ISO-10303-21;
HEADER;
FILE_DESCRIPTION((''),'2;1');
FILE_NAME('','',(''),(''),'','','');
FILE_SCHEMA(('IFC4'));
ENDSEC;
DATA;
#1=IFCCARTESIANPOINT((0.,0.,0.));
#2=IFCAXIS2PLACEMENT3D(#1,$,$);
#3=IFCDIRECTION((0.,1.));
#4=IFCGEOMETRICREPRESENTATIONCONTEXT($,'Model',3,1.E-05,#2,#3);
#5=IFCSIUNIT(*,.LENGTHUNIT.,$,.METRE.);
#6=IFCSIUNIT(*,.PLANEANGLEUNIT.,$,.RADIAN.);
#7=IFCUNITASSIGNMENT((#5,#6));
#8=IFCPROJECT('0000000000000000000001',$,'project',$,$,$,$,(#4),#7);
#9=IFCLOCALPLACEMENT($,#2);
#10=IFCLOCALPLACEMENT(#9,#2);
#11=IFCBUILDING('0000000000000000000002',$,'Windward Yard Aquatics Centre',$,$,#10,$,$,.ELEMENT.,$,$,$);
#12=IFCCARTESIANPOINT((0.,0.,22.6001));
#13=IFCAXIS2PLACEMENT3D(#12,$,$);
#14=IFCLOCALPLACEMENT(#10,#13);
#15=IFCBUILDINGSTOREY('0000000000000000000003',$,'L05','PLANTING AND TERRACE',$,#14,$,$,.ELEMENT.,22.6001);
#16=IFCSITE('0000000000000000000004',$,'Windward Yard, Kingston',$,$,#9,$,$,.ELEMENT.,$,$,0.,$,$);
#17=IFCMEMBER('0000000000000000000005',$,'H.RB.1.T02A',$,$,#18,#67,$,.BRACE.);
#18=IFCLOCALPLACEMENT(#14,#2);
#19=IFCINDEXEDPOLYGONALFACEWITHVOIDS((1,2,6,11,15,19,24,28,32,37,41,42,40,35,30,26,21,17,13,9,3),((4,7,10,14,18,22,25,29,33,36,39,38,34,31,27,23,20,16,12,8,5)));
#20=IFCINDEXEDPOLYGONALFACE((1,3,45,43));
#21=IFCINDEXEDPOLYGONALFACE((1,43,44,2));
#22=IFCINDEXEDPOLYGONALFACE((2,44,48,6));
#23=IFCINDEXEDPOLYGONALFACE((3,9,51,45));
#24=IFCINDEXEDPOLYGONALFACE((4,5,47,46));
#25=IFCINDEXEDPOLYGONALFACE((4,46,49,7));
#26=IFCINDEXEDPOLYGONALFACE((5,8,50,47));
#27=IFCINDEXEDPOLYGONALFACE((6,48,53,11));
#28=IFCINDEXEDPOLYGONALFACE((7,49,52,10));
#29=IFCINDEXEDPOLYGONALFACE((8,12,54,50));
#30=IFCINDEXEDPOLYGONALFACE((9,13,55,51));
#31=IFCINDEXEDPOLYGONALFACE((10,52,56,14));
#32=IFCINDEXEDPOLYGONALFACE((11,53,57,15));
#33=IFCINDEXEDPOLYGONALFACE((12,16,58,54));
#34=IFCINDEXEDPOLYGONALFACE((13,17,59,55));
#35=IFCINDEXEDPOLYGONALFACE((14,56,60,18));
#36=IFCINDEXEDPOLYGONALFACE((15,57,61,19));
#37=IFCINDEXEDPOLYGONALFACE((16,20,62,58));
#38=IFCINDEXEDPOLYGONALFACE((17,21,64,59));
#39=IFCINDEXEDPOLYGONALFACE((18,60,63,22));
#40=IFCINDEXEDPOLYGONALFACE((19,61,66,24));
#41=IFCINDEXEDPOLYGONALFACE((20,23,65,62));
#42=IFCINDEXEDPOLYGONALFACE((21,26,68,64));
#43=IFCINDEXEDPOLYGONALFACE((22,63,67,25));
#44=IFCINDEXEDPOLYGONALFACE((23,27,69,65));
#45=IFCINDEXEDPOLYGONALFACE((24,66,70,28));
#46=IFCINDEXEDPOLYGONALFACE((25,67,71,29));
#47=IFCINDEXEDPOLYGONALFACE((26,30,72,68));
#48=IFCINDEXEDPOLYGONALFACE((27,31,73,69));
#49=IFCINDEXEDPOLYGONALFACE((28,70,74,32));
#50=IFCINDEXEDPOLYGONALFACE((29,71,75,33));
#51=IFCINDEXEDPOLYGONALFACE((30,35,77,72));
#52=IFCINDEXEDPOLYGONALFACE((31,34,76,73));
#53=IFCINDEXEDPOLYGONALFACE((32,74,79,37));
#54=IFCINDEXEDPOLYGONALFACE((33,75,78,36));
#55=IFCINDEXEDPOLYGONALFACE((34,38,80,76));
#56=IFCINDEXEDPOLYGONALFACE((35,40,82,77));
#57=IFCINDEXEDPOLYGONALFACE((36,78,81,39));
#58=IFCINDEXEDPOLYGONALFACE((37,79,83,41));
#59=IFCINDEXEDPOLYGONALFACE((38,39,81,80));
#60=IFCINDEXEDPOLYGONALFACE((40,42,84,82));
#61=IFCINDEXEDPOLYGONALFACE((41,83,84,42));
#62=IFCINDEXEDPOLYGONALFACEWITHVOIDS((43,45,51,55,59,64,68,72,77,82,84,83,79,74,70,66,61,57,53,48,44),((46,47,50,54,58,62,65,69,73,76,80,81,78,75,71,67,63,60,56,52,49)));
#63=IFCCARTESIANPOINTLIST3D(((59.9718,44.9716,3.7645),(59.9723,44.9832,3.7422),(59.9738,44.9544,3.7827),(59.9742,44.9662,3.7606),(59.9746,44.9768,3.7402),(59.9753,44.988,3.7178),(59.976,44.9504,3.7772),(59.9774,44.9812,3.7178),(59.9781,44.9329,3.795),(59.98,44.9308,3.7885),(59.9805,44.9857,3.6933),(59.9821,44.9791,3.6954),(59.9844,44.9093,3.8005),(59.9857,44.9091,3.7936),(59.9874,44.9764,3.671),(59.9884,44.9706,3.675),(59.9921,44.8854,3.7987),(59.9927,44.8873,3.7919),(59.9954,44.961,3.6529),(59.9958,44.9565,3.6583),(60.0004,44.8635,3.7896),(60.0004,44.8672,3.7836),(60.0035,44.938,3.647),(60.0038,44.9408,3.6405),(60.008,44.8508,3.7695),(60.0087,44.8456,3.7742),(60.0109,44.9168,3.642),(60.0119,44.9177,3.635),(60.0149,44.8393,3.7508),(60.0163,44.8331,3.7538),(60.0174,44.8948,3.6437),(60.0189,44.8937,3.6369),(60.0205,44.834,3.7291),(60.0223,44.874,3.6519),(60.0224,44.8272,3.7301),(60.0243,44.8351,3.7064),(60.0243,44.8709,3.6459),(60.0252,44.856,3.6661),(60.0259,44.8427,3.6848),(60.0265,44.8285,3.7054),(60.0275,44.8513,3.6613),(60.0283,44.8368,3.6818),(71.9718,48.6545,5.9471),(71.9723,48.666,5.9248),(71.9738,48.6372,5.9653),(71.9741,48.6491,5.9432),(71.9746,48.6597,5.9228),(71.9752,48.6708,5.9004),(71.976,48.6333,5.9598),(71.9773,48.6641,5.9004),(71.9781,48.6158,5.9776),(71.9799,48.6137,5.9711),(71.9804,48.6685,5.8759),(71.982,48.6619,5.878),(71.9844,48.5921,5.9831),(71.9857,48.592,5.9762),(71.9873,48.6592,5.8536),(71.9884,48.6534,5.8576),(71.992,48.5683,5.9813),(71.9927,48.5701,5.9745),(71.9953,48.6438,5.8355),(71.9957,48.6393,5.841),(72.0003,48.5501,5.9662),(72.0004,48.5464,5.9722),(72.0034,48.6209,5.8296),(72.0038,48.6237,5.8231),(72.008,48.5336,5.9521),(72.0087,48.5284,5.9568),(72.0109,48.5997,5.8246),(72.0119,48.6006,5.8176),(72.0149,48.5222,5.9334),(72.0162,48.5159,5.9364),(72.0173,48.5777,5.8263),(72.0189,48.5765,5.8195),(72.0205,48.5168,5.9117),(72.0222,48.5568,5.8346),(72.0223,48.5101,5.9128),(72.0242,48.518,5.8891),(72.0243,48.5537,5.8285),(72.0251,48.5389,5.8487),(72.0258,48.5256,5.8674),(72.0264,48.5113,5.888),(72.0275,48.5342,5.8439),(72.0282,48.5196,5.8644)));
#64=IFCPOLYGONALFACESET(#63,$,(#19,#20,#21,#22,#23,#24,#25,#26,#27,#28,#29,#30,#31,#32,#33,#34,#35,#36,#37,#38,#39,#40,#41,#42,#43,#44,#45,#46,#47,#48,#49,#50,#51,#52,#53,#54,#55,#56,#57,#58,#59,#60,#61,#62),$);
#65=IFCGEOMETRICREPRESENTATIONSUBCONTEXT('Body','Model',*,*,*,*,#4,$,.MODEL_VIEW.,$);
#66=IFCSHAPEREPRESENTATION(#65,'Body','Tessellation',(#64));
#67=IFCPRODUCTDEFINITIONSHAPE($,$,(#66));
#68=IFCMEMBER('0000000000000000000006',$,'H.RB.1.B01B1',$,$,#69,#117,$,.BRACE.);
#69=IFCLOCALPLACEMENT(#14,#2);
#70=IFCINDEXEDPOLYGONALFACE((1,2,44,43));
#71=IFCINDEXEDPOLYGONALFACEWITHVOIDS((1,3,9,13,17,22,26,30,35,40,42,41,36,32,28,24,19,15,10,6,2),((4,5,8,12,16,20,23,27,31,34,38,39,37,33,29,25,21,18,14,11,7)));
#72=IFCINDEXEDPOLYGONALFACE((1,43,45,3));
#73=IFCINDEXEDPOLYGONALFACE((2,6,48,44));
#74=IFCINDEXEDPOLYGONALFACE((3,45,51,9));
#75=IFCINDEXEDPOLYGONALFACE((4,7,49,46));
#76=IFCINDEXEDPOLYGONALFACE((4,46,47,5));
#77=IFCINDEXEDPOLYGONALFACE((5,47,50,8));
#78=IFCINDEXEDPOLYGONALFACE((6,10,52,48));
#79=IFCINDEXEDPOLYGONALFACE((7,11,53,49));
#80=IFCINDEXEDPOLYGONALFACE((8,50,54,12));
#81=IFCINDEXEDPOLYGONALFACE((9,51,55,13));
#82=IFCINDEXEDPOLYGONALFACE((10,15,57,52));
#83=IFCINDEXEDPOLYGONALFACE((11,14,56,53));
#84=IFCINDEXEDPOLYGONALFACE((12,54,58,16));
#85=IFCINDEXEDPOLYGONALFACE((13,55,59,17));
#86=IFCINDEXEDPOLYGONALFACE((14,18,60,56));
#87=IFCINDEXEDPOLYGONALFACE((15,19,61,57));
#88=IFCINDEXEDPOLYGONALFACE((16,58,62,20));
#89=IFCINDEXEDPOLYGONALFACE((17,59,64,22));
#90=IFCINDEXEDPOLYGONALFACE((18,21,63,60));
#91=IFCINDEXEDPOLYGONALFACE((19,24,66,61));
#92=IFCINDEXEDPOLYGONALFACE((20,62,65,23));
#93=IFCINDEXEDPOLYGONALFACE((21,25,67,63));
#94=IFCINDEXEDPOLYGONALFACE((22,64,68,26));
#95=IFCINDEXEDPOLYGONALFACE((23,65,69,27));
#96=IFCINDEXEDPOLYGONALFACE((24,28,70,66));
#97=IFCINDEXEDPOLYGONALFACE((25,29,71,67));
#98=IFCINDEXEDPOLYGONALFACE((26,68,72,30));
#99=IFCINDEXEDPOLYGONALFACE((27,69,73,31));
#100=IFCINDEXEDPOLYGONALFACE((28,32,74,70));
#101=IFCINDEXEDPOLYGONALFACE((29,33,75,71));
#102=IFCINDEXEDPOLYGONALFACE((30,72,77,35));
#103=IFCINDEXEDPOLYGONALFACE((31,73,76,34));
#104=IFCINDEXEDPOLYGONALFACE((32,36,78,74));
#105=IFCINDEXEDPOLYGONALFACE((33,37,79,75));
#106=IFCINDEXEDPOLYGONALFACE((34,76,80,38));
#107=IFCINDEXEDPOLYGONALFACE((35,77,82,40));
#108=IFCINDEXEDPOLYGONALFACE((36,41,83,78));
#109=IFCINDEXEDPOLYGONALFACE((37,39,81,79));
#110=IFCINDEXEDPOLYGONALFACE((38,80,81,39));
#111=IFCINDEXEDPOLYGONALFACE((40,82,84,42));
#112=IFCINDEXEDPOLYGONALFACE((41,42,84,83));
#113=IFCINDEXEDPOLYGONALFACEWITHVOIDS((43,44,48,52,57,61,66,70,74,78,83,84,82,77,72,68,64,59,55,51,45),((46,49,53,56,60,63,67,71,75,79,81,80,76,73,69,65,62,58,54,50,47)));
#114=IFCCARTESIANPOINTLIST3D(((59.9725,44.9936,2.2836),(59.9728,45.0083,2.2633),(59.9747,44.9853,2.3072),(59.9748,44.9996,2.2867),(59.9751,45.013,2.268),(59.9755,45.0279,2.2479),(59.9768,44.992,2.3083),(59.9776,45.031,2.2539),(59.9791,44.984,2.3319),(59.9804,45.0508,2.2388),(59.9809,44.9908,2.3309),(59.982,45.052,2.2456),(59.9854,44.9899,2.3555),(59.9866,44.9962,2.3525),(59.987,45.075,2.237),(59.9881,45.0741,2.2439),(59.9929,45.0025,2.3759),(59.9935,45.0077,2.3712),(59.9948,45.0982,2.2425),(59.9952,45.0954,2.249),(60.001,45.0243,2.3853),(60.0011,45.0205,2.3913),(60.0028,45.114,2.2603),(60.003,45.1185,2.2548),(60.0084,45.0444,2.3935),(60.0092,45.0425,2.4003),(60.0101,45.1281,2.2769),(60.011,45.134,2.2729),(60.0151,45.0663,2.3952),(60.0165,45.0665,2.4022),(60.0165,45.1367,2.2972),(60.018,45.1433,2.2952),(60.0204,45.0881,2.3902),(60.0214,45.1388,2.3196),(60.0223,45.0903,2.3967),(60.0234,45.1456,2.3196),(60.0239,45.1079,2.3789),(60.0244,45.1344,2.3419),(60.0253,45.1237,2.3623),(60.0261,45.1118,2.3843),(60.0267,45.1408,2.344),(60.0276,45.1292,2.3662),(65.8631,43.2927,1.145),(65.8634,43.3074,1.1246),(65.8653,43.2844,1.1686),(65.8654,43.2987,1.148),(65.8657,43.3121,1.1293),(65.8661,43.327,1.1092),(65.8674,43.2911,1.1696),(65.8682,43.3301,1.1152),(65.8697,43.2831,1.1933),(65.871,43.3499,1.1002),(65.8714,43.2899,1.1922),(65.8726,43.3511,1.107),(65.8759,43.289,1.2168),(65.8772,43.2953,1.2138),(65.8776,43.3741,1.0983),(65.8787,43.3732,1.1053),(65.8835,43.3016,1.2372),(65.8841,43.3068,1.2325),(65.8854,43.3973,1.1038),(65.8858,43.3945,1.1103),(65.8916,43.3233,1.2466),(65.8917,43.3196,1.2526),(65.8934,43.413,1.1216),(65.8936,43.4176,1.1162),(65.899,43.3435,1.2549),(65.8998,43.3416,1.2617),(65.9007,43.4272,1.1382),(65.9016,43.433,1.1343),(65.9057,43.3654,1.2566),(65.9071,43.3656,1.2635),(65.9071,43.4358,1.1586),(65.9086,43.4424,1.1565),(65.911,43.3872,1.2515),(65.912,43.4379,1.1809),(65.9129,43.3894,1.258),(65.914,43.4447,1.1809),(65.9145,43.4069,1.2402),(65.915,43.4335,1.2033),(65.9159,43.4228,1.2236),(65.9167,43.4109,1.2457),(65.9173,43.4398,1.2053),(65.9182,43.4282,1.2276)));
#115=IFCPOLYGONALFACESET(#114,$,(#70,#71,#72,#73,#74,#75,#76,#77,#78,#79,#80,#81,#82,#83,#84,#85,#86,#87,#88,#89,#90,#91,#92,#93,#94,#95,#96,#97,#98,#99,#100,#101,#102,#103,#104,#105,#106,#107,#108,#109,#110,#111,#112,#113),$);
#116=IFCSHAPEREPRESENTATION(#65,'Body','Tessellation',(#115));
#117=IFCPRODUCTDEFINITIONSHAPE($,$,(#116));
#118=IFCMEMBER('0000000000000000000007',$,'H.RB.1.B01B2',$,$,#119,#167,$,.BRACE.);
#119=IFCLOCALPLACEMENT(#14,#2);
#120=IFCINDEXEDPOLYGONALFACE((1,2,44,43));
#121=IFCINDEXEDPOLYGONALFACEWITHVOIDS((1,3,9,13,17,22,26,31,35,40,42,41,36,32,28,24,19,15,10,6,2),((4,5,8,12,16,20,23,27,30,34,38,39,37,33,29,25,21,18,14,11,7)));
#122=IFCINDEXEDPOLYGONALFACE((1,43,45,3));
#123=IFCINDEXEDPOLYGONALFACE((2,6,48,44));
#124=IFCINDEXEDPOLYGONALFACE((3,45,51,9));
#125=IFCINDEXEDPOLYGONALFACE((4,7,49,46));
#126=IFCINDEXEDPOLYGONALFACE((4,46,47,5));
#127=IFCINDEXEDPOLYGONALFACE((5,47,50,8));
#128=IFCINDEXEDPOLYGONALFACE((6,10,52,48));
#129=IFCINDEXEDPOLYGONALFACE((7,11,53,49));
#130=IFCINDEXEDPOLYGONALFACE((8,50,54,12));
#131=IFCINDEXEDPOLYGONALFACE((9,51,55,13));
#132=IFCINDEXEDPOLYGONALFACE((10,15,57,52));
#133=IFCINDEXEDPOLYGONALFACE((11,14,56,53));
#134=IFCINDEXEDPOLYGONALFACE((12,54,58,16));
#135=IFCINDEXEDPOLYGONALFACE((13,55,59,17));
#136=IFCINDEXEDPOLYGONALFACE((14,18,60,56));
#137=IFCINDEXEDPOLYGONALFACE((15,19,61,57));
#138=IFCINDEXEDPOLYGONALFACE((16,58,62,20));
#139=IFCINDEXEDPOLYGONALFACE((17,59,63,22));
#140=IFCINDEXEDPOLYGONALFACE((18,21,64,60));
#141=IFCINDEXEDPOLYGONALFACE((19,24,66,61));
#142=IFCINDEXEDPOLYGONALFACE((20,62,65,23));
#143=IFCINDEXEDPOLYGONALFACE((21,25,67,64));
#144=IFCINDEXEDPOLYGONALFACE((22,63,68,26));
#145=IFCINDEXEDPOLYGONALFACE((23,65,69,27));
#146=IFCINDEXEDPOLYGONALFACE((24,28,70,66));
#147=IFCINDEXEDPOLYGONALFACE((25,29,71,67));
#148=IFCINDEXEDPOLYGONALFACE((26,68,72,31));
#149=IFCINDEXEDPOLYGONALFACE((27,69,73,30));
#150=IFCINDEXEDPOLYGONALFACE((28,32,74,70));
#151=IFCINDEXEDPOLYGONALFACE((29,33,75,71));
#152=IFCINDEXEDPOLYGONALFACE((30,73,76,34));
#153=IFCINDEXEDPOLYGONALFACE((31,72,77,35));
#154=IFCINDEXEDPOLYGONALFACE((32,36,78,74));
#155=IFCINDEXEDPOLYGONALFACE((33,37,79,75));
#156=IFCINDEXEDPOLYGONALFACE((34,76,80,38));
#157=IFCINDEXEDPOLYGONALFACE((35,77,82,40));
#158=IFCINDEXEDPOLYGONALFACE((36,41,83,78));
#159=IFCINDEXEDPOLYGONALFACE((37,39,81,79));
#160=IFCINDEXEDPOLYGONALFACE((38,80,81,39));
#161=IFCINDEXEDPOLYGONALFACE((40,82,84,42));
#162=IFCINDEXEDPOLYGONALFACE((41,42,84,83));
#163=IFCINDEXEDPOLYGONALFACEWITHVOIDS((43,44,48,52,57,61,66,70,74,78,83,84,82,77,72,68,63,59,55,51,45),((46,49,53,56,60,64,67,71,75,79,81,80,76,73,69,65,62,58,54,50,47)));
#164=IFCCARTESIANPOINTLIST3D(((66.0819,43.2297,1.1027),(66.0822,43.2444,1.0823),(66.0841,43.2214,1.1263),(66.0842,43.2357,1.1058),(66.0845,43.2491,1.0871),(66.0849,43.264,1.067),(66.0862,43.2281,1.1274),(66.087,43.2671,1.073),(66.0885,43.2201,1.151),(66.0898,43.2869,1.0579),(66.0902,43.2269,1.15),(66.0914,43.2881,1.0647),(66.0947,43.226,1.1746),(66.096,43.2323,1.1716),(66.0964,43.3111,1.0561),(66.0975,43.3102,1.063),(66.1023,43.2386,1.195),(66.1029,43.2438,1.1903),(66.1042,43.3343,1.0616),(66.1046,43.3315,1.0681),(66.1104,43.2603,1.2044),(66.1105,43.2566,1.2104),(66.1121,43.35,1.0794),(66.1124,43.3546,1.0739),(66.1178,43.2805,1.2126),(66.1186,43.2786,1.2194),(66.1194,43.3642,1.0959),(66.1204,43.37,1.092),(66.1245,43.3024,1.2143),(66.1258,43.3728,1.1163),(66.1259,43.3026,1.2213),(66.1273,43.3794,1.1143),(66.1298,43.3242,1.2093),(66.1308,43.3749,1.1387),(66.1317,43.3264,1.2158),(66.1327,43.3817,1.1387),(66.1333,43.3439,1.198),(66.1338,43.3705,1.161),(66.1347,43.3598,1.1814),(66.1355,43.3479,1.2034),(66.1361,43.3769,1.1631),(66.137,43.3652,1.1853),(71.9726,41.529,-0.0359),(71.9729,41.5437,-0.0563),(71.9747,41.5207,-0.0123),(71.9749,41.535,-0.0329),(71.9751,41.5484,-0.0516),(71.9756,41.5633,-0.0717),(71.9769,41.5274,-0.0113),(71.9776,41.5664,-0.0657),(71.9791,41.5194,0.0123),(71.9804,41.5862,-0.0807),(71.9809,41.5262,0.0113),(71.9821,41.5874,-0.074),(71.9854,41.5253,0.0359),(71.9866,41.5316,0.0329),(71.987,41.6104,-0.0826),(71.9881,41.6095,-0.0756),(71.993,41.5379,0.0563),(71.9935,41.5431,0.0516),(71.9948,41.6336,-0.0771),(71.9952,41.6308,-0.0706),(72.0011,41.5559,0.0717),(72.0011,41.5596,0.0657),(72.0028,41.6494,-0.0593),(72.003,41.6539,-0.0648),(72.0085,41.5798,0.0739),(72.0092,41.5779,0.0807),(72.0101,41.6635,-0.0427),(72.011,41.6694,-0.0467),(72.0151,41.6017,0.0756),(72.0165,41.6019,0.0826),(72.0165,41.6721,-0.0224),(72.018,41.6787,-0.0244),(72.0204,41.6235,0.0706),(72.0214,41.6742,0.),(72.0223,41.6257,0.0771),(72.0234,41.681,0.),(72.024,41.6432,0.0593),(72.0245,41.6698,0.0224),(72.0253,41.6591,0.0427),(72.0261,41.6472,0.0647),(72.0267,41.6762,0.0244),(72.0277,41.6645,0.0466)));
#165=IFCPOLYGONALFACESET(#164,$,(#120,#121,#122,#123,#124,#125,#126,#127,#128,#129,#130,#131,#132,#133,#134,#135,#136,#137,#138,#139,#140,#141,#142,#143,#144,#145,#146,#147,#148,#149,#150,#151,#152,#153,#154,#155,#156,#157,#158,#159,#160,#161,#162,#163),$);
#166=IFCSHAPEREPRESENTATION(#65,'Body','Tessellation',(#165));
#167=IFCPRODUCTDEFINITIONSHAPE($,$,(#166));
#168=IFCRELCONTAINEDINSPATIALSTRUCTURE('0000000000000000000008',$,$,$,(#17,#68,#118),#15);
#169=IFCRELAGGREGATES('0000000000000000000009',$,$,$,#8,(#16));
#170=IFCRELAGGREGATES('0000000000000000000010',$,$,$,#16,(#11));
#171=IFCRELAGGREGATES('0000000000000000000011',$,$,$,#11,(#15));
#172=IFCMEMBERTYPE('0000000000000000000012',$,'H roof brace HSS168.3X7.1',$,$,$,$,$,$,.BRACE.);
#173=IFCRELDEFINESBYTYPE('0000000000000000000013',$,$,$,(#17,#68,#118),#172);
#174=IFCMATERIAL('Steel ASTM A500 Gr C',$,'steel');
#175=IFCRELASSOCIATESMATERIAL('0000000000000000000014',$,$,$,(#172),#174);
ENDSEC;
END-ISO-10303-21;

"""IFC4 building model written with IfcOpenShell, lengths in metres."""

from ifc_helpers import new_model, si_unit, direction, frame, origin, origin_2d, place, context, subcontext, project, spatial, hollow_circle, extrude, material, material_profile, profile_set, type_object, element, save


model = new_model("IFC4")

# Units and contexts
model_context = context("Model", 3, precision=1e-05, world=origin(), true_north=direction((0.0, 1.0)))
body_context = subcontext(model_context, "Body", "Model", "MODEL_VIEW")
ifc_project = project(units=[si_unit("LENGTHUNIT", "METRE"), si_unit("PLANEANGLEUNIT", "RADIAN")], contexts=[model_context])

# Site, building, storey
site_placement = place(None, origin())
site = spatial("IfcSite", under=ifc_project, at=site_placement, Name="Windward Yard, Kingston", CompositionType="ELEMENT", RefElevation=0.0)
building_placement = place(site_placement, origin())
building = spatial("IfcBuilding", under=site, at=building_placement, Name="Windward Yard Aquatics Centre", CompositionType="ELEMENT")
storey_placement = place(building_placement, frame((0.0, 0.0, 22.6001)))
storey = spatial("IfcBuildingStorey", under=building, at=storey_placement, Name="L05", Description="PLANTING AND TERRACE", CompositionType="ELEMENT", Elevation=22.6001)

# Members
ifc_material_1 = material(Name="Steel ASTM A500 Gr C", Category="steel")
ifc_material_profile_1 = material_profile(ifc_material_1, hollow_circle(Radius=0.0842, WallThickness=0.0071, at=origin_2d()), Name="HSS168.3X7.1")
ifc_profile_set_1 = profile_set([ifc_material_profile_1], Name="Steel ASTM A500 Gr C")
member_type_1 = type_object("IfcMemberType", Name="H roof brace HSS168.3X7.1", PredefinedType="BRACE", material=ifc_profile_set_1)
member_1_placement = place(storey_placement, frame((60.0, 44.9075, 3.7178), z_axis=(0.941858, 0.289061, 0.17131), x_axis=(-0.293398, 0.95599, 0.0)))
element("IfcMember", 1, at=member_1_placement, inside=storey, type_object=member_type_1, Name="H.RB.1.T02A", PredefinedType="BRACE", context=body_context, shape_type="SweptSolid", body=[
    extrude(hollow_circle(Radius=0.0842, WallThickness=0.0071, at=origin_2d()), origin(), (0.0, 0.0, 1.0), 12.7407),
])
for number, where, z_axis, x_axis, name in (
    (2, (60.0, 45.0647, 2.3196), (0.944598, -0.272754, -0.182593), (0.277418, 0.960749, 0.0), "H.RB.1.B01B1"),
    (3, (66.1094, 43.3008, 1.1387), (0.944608, -0.272718, -0.182595), (0.277381, 0.96076, 0.0), "H.RB.1.B01B2"),
):
    element("IfcMember", number, at=place(storey_placement, frame(where, z_axis=z_axis, x_axis=x_axis)), inside=storey, type_object=member_type_1, Name=name, PredefinedType="BRACE", context=body_context, shape_type="SweptSolid", body=[
        extrude(hollow_circle(Radius=0.0842, WallThickness=0.0071, at=origin_2d()), origin(), (0.0, 0.0, 1.0), 6.2361),
    ])

save(model, "model.ifc")
